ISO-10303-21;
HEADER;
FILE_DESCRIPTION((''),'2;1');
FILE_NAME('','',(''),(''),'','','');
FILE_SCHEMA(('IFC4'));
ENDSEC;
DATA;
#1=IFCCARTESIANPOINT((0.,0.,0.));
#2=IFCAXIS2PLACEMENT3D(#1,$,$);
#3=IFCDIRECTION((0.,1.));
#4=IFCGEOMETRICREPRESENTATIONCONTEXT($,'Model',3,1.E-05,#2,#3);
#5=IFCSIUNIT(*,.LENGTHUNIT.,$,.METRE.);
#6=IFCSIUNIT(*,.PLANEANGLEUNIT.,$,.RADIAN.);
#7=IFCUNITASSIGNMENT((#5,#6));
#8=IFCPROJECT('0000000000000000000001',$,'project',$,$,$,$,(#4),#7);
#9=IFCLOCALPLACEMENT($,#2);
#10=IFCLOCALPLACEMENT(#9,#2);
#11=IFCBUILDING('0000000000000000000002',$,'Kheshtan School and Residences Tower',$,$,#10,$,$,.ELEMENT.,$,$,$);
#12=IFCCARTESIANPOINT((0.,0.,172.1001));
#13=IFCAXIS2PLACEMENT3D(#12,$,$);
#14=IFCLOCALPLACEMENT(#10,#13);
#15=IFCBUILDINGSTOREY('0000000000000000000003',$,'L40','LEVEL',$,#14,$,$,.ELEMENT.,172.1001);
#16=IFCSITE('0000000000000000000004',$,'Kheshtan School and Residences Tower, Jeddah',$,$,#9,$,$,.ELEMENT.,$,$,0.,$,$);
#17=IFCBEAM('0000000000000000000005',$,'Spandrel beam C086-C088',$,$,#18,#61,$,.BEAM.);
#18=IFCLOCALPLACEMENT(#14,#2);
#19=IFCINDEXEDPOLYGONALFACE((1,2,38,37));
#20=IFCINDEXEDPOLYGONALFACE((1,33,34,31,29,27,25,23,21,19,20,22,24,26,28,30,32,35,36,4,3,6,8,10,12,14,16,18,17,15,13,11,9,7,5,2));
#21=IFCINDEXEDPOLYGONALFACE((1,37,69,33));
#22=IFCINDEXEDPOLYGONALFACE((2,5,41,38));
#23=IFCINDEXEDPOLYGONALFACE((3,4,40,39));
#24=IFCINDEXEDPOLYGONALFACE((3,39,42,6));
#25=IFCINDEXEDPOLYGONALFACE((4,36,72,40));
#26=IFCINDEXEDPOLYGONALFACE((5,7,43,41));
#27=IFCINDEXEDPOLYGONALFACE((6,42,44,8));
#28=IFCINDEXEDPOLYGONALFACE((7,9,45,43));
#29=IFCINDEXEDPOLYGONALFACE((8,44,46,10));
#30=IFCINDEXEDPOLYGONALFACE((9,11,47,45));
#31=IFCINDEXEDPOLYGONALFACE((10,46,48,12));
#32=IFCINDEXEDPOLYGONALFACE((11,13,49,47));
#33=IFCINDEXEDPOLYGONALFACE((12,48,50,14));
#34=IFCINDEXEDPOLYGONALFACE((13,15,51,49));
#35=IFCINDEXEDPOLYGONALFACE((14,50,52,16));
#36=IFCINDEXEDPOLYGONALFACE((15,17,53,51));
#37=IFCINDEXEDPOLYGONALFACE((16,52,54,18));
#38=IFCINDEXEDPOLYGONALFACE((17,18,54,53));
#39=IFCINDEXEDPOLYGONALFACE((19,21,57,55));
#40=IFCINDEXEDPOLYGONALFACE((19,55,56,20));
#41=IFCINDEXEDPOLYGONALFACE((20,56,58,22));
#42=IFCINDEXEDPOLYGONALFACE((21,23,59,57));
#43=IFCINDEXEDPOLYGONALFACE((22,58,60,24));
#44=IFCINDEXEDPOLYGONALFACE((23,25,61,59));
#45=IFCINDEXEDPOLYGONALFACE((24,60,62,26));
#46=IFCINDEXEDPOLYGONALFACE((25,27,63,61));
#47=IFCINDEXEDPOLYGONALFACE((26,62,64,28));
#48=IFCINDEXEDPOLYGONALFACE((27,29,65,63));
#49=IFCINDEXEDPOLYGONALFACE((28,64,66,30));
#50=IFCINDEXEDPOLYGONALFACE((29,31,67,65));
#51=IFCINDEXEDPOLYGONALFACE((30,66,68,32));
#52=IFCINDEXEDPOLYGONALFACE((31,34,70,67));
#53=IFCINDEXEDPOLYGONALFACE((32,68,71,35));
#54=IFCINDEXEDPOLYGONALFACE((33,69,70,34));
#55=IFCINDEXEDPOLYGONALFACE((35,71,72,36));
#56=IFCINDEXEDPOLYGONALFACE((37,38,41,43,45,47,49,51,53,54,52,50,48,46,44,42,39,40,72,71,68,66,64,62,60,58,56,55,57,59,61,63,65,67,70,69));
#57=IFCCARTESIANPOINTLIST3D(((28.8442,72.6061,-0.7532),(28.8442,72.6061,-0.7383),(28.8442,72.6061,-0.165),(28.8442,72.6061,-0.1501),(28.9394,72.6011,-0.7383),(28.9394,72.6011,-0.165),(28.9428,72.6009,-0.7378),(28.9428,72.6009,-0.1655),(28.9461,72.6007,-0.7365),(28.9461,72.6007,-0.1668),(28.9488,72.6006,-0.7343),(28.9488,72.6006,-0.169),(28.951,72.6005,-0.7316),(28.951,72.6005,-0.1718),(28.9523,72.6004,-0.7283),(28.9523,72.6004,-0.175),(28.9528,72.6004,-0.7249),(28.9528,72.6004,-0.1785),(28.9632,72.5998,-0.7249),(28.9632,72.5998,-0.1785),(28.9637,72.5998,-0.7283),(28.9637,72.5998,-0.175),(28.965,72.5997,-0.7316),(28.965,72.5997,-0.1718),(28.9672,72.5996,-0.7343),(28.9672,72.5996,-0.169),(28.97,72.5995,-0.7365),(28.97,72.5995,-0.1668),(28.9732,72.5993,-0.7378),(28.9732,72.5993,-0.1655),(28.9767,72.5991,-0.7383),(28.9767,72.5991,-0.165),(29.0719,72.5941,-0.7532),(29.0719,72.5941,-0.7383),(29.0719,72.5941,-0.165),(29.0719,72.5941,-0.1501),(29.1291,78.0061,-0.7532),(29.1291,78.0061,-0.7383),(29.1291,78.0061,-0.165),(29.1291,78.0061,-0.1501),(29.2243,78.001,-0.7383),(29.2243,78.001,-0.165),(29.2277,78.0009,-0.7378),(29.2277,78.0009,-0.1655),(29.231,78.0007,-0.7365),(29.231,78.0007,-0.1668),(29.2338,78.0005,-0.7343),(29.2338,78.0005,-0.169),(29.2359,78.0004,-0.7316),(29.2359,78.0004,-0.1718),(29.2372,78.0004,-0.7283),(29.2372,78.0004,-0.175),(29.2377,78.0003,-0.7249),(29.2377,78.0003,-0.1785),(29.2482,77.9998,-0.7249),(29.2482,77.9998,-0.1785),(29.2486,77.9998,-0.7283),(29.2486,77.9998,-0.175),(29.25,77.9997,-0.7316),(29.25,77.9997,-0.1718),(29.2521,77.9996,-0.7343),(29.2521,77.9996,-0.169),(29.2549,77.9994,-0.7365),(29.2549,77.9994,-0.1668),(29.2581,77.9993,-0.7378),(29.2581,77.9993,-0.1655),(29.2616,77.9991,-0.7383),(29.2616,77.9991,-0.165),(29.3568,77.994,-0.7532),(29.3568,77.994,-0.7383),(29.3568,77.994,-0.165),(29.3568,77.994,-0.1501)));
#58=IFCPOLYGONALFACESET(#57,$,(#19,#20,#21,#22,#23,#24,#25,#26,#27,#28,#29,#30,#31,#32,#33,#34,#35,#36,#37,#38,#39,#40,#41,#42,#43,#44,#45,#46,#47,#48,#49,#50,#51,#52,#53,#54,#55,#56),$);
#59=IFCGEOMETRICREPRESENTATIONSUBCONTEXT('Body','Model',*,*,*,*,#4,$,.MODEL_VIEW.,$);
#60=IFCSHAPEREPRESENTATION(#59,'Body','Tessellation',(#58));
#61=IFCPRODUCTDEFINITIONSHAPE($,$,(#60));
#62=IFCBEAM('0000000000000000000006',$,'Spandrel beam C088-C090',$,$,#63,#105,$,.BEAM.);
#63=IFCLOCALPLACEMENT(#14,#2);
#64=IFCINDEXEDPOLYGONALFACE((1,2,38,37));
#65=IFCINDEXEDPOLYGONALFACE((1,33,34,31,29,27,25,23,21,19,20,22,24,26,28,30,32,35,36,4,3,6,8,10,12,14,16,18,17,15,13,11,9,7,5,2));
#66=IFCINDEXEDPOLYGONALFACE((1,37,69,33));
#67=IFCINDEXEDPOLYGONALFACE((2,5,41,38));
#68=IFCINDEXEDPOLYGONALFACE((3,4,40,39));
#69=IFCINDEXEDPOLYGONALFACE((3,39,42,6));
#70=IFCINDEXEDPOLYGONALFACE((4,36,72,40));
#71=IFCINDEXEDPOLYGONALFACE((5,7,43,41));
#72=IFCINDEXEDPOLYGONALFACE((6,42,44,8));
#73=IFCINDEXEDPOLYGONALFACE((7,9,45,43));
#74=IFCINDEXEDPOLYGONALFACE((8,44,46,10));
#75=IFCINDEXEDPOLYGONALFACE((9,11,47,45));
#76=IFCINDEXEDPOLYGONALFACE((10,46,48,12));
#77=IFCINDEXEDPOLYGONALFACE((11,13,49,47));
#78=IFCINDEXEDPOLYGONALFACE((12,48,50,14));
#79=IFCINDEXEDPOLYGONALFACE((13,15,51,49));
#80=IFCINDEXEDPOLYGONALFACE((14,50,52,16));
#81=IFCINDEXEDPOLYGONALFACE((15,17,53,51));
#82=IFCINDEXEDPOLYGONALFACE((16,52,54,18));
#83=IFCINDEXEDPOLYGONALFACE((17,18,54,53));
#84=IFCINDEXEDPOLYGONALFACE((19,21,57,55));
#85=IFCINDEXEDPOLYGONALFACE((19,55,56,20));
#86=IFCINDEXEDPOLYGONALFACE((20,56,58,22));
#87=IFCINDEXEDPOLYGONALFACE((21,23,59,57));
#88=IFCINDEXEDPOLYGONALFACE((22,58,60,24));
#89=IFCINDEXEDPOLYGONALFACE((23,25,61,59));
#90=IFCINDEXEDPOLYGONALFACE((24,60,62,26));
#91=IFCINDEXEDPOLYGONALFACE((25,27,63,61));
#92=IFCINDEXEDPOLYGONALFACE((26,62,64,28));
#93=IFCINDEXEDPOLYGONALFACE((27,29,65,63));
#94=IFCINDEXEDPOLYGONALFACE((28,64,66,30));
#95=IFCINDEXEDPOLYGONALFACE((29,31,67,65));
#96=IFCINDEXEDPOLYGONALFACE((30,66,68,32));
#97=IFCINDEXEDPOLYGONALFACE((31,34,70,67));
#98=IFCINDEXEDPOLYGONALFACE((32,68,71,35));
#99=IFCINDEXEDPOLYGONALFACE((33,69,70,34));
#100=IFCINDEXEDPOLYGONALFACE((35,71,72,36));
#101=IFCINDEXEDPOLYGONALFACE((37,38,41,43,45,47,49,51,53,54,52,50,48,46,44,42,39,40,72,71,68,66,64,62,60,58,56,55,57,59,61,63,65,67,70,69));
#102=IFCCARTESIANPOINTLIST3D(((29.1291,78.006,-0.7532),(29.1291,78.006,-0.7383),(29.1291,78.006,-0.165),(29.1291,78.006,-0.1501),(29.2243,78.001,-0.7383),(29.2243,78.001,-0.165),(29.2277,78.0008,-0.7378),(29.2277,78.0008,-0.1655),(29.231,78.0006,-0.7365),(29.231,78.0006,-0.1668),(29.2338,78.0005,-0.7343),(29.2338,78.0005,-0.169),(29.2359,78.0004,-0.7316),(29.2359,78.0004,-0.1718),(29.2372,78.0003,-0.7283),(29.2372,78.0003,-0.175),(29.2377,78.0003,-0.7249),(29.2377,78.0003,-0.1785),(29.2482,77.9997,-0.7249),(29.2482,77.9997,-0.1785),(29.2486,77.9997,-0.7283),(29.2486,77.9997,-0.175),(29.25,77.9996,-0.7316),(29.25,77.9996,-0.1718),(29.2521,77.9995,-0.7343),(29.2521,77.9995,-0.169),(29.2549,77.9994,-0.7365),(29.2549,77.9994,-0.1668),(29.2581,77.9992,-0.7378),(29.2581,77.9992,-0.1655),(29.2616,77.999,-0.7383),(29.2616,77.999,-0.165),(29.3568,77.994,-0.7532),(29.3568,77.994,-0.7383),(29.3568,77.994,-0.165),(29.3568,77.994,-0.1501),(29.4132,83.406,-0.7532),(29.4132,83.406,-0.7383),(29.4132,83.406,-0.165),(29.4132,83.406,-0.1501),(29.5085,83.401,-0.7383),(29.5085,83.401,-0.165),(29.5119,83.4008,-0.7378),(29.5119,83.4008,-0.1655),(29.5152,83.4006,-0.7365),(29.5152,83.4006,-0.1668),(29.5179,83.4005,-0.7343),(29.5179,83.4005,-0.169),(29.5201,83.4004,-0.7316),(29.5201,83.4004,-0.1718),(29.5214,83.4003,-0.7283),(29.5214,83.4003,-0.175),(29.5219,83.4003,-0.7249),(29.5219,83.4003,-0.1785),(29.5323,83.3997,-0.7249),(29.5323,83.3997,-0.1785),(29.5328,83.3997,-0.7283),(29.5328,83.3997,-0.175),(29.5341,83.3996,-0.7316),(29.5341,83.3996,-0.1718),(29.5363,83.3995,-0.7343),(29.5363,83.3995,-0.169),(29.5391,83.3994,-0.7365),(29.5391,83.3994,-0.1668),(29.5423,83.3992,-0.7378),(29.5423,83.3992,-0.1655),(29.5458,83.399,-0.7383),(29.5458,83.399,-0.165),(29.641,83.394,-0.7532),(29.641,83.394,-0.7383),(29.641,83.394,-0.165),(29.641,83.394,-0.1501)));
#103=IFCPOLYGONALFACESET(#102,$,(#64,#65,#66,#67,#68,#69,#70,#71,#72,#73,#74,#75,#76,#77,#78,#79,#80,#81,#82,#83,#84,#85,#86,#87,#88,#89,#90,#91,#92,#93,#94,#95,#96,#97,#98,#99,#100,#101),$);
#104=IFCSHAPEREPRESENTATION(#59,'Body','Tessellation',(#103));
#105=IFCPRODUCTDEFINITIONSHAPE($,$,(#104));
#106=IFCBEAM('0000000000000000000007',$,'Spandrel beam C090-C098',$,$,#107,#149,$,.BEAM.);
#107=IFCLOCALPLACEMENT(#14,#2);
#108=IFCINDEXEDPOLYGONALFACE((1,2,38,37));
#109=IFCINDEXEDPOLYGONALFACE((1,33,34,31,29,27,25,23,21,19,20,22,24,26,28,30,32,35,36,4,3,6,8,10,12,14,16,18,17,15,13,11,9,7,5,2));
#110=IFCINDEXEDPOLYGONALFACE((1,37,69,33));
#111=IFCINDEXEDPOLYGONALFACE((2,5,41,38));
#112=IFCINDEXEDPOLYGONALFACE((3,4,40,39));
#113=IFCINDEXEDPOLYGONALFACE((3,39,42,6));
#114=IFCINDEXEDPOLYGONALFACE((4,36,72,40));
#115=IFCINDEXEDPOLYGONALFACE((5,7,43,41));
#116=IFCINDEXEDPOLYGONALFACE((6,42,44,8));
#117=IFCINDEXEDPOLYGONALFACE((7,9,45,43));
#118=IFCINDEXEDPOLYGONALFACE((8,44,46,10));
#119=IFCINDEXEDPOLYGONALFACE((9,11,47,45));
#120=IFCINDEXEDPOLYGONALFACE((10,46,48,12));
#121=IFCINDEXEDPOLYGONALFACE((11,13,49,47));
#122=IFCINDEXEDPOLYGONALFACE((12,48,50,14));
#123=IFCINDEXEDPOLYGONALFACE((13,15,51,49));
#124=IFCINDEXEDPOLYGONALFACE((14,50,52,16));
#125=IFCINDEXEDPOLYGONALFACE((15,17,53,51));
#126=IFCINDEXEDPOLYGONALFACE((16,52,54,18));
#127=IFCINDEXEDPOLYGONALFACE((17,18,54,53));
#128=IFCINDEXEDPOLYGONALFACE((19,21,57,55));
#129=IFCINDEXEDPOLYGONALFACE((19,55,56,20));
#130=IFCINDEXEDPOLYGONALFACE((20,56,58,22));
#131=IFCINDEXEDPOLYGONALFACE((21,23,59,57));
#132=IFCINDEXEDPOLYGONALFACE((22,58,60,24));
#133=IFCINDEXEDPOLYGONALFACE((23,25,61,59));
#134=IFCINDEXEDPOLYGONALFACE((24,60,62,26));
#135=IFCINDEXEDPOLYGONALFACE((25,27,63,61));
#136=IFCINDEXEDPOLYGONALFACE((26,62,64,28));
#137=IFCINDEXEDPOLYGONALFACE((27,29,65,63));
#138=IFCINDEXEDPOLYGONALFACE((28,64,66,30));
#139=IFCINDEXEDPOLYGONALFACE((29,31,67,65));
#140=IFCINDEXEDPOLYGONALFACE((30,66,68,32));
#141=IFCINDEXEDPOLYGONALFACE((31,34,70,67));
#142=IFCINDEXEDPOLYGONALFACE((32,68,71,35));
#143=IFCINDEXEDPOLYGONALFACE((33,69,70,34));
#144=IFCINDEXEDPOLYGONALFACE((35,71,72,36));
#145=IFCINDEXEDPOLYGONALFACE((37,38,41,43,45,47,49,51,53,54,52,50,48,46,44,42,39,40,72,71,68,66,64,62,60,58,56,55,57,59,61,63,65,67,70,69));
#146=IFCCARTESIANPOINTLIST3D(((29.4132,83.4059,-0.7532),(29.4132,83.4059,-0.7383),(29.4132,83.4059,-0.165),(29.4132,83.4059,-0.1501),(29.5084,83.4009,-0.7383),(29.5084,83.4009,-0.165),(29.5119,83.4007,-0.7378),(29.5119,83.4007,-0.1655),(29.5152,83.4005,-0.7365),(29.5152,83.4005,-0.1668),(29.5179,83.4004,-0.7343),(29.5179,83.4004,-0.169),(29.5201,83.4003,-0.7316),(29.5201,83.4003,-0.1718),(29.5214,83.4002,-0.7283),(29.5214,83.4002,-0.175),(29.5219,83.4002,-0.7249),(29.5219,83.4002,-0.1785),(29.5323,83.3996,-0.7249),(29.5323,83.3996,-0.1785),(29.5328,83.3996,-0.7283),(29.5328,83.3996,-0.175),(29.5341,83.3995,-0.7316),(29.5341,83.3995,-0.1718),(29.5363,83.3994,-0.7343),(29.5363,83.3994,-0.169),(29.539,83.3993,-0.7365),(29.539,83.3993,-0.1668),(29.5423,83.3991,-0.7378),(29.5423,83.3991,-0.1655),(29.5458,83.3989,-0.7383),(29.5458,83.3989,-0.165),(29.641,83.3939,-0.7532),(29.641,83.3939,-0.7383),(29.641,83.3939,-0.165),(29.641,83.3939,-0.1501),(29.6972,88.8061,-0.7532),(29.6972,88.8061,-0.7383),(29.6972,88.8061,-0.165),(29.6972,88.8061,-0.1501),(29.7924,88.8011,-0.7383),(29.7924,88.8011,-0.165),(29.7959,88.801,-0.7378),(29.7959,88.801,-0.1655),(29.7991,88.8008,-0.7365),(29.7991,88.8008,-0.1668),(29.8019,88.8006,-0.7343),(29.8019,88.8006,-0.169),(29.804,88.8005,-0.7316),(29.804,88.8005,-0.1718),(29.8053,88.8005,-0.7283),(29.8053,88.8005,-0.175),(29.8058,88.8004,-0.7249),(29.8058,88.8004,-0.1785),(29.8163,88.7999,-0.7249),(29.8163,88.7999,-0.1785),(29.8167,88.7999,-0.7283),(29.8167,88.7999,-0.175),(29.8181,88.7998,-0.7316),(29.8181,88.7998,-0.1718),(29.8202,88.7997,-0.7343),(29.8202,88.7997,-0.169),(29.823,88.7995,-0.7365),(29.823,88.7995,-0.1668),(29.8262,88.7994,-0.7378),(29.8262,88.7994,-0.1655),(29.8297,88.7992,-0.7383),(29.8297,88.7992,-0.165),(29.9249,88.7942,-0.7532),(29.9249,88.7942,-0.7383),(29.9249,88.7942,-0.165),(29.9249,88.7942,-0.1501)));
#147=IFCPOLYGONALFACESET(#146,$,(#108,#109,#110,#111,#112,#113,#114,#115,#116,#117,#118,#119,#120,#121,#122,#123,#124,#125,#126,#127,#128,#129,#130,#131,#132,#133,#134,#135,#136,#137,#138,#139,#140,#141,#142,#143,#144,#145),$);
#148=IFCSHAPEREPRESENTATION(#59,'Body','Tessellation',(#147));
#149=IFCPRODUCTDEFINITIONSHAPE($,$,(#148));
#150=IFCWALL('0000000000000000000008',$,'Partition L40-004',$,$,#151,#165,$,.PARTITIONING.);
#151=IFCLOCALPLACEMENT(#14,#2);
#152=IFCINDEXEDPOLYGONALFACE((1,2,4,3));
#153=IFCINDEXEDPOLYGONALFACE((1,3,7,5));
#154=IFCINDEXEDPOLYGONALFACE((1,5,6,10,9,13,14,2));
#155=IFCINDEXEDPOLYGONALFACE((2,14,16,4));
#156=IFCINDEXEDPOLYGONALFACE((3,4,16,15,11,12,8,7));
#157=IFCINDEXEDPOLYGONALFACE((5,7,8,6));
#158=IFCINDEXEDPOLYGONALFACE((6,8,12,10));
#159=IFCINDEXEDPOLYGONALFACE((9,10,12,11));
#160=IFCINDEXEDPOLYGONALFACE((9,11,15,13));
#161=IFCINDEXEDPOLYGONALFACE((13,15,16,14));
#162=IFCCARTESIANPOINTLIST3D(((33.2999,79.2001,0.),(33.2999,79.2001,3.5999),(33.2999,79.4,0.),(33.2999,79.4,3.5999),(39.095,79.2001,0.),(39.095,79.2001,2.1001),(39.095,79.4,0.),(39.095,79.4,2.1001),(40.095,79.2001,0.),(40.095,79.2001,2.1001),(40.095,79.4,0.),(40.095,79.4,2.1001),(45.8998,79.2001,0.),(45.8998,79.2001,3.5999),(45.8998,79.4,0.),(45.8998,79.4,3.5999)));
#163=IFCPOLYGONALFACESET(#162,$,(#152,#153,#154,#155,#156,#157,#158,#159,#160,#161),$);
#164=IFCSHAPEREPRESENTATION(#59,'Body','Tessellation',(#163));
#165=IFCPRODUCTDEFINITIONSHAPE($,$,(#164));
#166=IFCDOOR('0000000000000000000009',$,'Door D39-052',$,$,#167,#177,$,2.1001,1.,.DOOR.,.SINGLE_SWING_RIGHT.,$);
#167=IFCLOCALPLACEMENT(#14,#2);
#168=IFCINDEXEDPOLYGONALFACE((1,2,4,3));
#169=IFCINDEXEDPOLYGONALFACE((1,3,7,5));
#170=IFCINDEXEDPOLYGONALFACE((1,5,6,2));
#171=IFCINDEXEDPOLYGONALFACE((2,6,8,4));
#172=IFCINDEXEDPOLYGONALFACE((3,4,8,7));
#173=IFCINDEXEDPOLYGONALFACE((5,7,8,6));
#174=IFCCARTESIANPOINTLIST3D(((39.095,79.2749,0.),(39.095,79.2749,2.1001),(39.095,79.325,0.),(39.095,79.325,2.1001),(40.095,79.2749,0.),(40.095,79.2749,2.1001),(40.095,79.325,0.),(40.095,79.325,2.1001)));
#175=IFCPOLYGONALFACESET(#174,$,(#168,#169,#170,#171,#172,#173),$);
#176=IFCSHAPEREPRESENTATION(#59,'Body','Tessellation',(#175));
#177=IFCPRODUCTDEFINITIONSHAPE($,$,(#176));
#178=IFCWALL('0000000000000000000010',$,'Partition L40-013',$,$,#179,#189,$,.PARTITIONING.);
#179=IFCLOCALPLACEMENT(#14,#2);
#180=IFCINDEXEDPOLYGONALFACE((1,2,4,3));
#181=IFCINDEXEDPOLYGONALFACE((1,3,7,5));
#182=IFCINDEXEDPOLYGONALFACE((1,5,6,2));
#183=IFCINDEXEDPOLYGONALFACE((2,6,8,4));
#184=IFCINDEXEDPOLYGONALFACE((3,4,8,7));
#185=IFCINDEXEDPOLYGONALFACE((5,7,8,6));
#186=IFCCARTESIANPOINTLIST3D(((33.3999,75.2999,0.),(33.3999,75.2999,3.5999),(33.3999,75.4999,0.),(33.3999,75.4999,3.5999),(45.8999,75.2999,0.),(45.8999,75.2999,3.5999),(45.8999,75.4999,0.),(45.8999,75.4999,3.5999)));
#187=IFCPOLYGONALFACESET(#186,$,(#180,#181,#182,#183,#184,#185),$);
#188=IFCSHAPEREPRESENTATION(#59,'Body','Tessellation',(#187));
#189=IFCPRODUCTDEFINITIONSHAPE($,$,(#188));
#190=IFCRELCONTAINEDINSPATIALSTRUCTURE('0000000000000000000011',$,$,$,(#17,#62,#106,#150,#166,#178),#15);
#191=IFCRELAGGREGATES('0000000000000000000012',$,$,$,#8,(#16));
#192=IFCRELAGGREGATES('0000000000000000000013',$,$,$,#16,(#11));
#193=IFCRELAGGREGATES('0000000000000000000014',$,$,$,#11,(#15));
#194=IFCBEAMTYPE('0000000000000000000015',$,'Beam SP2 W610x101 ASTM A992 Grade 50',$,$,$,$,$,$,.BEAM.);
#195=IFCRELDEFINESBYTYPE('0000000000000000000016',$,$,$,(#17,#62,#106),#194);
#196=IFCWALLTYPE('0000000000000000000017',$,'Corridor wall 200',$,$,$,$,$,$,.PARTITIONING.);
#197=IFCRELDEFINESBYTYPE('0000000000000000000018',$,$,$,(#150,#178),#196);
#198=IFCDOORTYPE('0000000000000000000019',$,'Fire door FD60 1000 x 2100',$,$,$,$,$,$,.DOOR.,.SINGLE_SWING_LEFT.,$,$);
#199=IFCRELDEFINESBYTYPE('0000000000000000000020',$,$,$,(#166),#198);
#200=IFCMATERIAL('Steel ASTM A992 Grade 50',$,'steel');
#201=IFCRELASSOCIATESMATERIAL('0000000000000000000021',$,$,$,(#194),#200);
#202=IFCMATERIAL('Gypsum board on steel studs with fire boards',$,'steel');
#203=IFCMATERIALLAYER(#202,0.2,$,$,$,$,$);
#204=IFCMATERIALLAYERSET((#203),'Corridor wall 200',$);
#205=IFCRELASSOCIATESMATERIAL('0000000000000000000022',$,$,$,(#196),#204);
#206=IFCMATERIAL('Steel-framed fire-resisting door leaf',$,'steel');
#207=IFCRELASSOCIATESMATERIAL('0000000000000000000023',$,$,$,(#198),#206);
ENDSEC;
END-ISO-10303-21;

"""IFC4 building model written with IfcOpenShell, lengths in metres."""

from ifc_helpers import new_model, si_unit, direction, frame, frame_2d, origin, origin_2d, place, context, subcontext, project, spatial, rectangle, i_section, extrude, source, transform, mapped, material, layer, layer_set, material_profile, profile_set, type_object, element, fill, save


model = new_model("IFC4")

# Units and contexts
model_context = context("Model", 3, precision=1e-05, world=origin(), true_north=direction((0.0, 1.0)))
body_context = subcontext(model_context, "Body", "Model", "MODEL_VIEW")
ifc_project = project(units=[si_unit("LENGTHUNIT", "METRE"), si_unit("PLANEANGLEUNIT", "RADIAN")], contexts=[model_context])

# Site, building, storey
site_placement = place(None, origin())
site = spatial("IfcSite", under=ifc_project, at=site_placement, Name="Kheshtan School and Residences Tower, Jeddah", CompositionType="ELEMENT", RefElevation=0.0)
building_placement = place(site_placement, origin())
building = spatial("IfcBuilding", under=site, at=building_placement, Name="Kheshtan School and Residences Tower", CompositionType="ELEMENT")
storey_placement = place(building_placement, frame((0.0, 0.0, 172.1001)))
storey = spatial("IfcBuildingStorey", under=building, at=storey_placement, Name="L40", Description="LEVEL", CompositionType="ELEMENT", Elevation=172.1001)

# Shared definitions
ifc_material_1 = material(Name="Steel ASTM A992 Grade 50", Category="steel")

# Beams
ifc_material_profile_1 = material_profile(ifc_material_1, i_section(OverallWidth=0.228, OverallDepth=0.603, WebThickness=0.0105, FlangeThickness=0.0149, FilletRadius=0.0134, at=origin_2d()), Name="W610x101")
ifc_profile_set_1 = profile_set([ifc_material_profile_1], Name="Steel ASTM A992 Grade 50")
beam_type_1 = type_object("IfcBeamType", Name="Beam SP2 W610x101 ASTM A992 Grade 50", PredefinedType="BEAM", material=ifc_profile_set_1)
for number, where, z_axis, x_axis, name in (
    (1, (28.958, 72.6001, -0.4517), (0.052689, 0.998611, 0.0), (-0.998611, 0.052689, 0.0), "Spandrel beam C086-C088"),
    (2, (29.2429, 78.0, -0.4517), (0.052554, 0.998618, 0.0), (-0.998618, 0.052554, 0.0), "Spandrel beam C088-C090"),
):
    element("IfcBeam", number, at=place(storey_placement, frame(where, z_axis=z_axis, x_axis=x_axis)), inside=storey, type_object=beam_type_1, Name=name, PredefinedType="BEAM", context=body_context, shape_type="SweptSolid", body=[
        extrude(i_section(OverallWidth=0.228, OverallDepth=0.603, WebThickness=0.0105, FlangeThickness=0.0149, FilletRadius=0.0134, at=origin_2d()), origin(), (0.0, 0.0, 1.0), 5.4075),
    ])
beam_1_placement = place(storey_placement, frame((29.5271, 83.3999, -0.4517), z_axis=(0.052507, 0.998621, 0.0), x_axis=(-0.998621, 0.052507, 0.0)))
element("IfcBeam", 3, at=beam_1_placement, inside=storey, type_object=beam_type_1, Name="Spandrel beam C090-C098", PredefinedType="BEAM", context=body_context, shape_type="SweptSolid", body=[
    extrude(i_section(OverallWidth=0.228, OverallDepth=0.603, WebThickness=0.0105, FlangeThickness=0.0149, FilletRadius=0.0134, at=origin_2d()), origin(), (0.0, 0.0, 1.0), 5.4077),
])

# Wall, opening, door
ifc_material_2 = material(Name="Gypsum board on steel studs with fire boards", Category="steel")
ifc_layer_1 = layer(ifc_material_2, 0.2)
ifc_layer_set_1 = layer_set([ifc_layer_1], Name="Corridor wall 200")
wall_type_1 = type_object("IfcWallType", Name="Corridor wall 200", PredefinedType="PARTITIONING", material=ifc_layer_set_1)
wall_1_placement = place(storey_placement, frame((33.3, 79.3, 0.0), z_axis=(0.0, 0.0, 1.0), x_axis=(1.0, 0.0, 0.0)))
wall_1 = element("IfcWall", 4, at=wall_1_placement, inside=storey, type_object=wall_type_1, Name="Partition L40-004", PredefinedType="PARTITIONING", context=body_context, shape_type="SweptSolid", body=[
    extrude(rectangle(XDim=12.5999, YDim=0.2, at=frame_2d((6.2998, 0.0))), origin(), (0.0, 0.0, 1.0), 3.5999),
])
opening_1_placement = place(wall_1_placement, frame((5.7949, 0.0, 0.0)))
opening_1 = element("IfcOpeningElement", 5, at=opening_1_placement, cuts=wall_1, PredefinedType="OPENING", context=body_context, shape_type="SweptSolid", body=[
    extrude(rectangle(XDim=1.0, YDim=2.1001, at=frame_2d((0.5, 1.05))), frame((0.0, 0.1099, 0.0), z_axis=(0.0, -1.0, 0.0), x_axis=(1.0, 0.0, 0.0)), (0.0, 0.0, 1.0), 0.22),
])
ifc_material_3 = material(Name="Steel-framed fire-resisting door leaf", Category="steel")
door_type_1 = type_object("IfcDoorType", Name="Fire door FD60 1000 x 2100", OperationType="SINGLE_SWING_LEFT", PredefinedType="DOOR", material=ifc_material_3)
shared_shape_1 = source(origin(), body_context, "Body", "SweptSolid", [
    extrude(rectangle(XDim=1.0, YDim=2.1001, at=frame_2d((0.5, 1.05))), frame((0.0, 0.0249, 0.0), z_axis=(0.0, -1.0, 0.0), x_axis=(1.0, 0.0, 0.0)), (0.0, 0.0, 1.0), 0.05),
])
door_1_placement = place(opening_1_placement, origin())
door_1 = element("IfcDoor", 6, at=door_1_placement, inside=storey, type_object=door_type_1, Name="Door D39-052", OperationType="SINGLE_SWING_RIGHT", OverallHeight=2.1001, OverallWidth=1.0, PredefinedType="DOOR", context=body_context, shape_type="MappedRepresentation", body=[
    mapped(shared_shape_1, transform((0.0, 0.0, 0.0), x_axis=(1.0, 0.0, 0.0), y_axis=(0.0, 1.0, 0.0), z_axis=(0.0, 0.0, 1.0), scale=1.0)),
])
fill(opening_1, door_1)

# Wall
wall_2_placement = place(storey_placement, frame((33.3999, 75.3999, 0.0), z_axis=(0.0, 0.0, 1.0), x_axis=(1.0, 0.0, 0.0)))
element("IfcWall", 7, at=wall_2_placement, inside=storey, type_object=wall_type_1, Name="Partition L40-013", PredefinedType="PARTITIONING", context=body_context, shape_type="SweptSolid", body=[
    extrude(rectangle(XDim=12.5, YDim=0.2, at=frame_2d((6.25, 0.0))), origin(), (0.0, 0.0, 1.0), 3.5999),
])

save(model, "model.ifc")
